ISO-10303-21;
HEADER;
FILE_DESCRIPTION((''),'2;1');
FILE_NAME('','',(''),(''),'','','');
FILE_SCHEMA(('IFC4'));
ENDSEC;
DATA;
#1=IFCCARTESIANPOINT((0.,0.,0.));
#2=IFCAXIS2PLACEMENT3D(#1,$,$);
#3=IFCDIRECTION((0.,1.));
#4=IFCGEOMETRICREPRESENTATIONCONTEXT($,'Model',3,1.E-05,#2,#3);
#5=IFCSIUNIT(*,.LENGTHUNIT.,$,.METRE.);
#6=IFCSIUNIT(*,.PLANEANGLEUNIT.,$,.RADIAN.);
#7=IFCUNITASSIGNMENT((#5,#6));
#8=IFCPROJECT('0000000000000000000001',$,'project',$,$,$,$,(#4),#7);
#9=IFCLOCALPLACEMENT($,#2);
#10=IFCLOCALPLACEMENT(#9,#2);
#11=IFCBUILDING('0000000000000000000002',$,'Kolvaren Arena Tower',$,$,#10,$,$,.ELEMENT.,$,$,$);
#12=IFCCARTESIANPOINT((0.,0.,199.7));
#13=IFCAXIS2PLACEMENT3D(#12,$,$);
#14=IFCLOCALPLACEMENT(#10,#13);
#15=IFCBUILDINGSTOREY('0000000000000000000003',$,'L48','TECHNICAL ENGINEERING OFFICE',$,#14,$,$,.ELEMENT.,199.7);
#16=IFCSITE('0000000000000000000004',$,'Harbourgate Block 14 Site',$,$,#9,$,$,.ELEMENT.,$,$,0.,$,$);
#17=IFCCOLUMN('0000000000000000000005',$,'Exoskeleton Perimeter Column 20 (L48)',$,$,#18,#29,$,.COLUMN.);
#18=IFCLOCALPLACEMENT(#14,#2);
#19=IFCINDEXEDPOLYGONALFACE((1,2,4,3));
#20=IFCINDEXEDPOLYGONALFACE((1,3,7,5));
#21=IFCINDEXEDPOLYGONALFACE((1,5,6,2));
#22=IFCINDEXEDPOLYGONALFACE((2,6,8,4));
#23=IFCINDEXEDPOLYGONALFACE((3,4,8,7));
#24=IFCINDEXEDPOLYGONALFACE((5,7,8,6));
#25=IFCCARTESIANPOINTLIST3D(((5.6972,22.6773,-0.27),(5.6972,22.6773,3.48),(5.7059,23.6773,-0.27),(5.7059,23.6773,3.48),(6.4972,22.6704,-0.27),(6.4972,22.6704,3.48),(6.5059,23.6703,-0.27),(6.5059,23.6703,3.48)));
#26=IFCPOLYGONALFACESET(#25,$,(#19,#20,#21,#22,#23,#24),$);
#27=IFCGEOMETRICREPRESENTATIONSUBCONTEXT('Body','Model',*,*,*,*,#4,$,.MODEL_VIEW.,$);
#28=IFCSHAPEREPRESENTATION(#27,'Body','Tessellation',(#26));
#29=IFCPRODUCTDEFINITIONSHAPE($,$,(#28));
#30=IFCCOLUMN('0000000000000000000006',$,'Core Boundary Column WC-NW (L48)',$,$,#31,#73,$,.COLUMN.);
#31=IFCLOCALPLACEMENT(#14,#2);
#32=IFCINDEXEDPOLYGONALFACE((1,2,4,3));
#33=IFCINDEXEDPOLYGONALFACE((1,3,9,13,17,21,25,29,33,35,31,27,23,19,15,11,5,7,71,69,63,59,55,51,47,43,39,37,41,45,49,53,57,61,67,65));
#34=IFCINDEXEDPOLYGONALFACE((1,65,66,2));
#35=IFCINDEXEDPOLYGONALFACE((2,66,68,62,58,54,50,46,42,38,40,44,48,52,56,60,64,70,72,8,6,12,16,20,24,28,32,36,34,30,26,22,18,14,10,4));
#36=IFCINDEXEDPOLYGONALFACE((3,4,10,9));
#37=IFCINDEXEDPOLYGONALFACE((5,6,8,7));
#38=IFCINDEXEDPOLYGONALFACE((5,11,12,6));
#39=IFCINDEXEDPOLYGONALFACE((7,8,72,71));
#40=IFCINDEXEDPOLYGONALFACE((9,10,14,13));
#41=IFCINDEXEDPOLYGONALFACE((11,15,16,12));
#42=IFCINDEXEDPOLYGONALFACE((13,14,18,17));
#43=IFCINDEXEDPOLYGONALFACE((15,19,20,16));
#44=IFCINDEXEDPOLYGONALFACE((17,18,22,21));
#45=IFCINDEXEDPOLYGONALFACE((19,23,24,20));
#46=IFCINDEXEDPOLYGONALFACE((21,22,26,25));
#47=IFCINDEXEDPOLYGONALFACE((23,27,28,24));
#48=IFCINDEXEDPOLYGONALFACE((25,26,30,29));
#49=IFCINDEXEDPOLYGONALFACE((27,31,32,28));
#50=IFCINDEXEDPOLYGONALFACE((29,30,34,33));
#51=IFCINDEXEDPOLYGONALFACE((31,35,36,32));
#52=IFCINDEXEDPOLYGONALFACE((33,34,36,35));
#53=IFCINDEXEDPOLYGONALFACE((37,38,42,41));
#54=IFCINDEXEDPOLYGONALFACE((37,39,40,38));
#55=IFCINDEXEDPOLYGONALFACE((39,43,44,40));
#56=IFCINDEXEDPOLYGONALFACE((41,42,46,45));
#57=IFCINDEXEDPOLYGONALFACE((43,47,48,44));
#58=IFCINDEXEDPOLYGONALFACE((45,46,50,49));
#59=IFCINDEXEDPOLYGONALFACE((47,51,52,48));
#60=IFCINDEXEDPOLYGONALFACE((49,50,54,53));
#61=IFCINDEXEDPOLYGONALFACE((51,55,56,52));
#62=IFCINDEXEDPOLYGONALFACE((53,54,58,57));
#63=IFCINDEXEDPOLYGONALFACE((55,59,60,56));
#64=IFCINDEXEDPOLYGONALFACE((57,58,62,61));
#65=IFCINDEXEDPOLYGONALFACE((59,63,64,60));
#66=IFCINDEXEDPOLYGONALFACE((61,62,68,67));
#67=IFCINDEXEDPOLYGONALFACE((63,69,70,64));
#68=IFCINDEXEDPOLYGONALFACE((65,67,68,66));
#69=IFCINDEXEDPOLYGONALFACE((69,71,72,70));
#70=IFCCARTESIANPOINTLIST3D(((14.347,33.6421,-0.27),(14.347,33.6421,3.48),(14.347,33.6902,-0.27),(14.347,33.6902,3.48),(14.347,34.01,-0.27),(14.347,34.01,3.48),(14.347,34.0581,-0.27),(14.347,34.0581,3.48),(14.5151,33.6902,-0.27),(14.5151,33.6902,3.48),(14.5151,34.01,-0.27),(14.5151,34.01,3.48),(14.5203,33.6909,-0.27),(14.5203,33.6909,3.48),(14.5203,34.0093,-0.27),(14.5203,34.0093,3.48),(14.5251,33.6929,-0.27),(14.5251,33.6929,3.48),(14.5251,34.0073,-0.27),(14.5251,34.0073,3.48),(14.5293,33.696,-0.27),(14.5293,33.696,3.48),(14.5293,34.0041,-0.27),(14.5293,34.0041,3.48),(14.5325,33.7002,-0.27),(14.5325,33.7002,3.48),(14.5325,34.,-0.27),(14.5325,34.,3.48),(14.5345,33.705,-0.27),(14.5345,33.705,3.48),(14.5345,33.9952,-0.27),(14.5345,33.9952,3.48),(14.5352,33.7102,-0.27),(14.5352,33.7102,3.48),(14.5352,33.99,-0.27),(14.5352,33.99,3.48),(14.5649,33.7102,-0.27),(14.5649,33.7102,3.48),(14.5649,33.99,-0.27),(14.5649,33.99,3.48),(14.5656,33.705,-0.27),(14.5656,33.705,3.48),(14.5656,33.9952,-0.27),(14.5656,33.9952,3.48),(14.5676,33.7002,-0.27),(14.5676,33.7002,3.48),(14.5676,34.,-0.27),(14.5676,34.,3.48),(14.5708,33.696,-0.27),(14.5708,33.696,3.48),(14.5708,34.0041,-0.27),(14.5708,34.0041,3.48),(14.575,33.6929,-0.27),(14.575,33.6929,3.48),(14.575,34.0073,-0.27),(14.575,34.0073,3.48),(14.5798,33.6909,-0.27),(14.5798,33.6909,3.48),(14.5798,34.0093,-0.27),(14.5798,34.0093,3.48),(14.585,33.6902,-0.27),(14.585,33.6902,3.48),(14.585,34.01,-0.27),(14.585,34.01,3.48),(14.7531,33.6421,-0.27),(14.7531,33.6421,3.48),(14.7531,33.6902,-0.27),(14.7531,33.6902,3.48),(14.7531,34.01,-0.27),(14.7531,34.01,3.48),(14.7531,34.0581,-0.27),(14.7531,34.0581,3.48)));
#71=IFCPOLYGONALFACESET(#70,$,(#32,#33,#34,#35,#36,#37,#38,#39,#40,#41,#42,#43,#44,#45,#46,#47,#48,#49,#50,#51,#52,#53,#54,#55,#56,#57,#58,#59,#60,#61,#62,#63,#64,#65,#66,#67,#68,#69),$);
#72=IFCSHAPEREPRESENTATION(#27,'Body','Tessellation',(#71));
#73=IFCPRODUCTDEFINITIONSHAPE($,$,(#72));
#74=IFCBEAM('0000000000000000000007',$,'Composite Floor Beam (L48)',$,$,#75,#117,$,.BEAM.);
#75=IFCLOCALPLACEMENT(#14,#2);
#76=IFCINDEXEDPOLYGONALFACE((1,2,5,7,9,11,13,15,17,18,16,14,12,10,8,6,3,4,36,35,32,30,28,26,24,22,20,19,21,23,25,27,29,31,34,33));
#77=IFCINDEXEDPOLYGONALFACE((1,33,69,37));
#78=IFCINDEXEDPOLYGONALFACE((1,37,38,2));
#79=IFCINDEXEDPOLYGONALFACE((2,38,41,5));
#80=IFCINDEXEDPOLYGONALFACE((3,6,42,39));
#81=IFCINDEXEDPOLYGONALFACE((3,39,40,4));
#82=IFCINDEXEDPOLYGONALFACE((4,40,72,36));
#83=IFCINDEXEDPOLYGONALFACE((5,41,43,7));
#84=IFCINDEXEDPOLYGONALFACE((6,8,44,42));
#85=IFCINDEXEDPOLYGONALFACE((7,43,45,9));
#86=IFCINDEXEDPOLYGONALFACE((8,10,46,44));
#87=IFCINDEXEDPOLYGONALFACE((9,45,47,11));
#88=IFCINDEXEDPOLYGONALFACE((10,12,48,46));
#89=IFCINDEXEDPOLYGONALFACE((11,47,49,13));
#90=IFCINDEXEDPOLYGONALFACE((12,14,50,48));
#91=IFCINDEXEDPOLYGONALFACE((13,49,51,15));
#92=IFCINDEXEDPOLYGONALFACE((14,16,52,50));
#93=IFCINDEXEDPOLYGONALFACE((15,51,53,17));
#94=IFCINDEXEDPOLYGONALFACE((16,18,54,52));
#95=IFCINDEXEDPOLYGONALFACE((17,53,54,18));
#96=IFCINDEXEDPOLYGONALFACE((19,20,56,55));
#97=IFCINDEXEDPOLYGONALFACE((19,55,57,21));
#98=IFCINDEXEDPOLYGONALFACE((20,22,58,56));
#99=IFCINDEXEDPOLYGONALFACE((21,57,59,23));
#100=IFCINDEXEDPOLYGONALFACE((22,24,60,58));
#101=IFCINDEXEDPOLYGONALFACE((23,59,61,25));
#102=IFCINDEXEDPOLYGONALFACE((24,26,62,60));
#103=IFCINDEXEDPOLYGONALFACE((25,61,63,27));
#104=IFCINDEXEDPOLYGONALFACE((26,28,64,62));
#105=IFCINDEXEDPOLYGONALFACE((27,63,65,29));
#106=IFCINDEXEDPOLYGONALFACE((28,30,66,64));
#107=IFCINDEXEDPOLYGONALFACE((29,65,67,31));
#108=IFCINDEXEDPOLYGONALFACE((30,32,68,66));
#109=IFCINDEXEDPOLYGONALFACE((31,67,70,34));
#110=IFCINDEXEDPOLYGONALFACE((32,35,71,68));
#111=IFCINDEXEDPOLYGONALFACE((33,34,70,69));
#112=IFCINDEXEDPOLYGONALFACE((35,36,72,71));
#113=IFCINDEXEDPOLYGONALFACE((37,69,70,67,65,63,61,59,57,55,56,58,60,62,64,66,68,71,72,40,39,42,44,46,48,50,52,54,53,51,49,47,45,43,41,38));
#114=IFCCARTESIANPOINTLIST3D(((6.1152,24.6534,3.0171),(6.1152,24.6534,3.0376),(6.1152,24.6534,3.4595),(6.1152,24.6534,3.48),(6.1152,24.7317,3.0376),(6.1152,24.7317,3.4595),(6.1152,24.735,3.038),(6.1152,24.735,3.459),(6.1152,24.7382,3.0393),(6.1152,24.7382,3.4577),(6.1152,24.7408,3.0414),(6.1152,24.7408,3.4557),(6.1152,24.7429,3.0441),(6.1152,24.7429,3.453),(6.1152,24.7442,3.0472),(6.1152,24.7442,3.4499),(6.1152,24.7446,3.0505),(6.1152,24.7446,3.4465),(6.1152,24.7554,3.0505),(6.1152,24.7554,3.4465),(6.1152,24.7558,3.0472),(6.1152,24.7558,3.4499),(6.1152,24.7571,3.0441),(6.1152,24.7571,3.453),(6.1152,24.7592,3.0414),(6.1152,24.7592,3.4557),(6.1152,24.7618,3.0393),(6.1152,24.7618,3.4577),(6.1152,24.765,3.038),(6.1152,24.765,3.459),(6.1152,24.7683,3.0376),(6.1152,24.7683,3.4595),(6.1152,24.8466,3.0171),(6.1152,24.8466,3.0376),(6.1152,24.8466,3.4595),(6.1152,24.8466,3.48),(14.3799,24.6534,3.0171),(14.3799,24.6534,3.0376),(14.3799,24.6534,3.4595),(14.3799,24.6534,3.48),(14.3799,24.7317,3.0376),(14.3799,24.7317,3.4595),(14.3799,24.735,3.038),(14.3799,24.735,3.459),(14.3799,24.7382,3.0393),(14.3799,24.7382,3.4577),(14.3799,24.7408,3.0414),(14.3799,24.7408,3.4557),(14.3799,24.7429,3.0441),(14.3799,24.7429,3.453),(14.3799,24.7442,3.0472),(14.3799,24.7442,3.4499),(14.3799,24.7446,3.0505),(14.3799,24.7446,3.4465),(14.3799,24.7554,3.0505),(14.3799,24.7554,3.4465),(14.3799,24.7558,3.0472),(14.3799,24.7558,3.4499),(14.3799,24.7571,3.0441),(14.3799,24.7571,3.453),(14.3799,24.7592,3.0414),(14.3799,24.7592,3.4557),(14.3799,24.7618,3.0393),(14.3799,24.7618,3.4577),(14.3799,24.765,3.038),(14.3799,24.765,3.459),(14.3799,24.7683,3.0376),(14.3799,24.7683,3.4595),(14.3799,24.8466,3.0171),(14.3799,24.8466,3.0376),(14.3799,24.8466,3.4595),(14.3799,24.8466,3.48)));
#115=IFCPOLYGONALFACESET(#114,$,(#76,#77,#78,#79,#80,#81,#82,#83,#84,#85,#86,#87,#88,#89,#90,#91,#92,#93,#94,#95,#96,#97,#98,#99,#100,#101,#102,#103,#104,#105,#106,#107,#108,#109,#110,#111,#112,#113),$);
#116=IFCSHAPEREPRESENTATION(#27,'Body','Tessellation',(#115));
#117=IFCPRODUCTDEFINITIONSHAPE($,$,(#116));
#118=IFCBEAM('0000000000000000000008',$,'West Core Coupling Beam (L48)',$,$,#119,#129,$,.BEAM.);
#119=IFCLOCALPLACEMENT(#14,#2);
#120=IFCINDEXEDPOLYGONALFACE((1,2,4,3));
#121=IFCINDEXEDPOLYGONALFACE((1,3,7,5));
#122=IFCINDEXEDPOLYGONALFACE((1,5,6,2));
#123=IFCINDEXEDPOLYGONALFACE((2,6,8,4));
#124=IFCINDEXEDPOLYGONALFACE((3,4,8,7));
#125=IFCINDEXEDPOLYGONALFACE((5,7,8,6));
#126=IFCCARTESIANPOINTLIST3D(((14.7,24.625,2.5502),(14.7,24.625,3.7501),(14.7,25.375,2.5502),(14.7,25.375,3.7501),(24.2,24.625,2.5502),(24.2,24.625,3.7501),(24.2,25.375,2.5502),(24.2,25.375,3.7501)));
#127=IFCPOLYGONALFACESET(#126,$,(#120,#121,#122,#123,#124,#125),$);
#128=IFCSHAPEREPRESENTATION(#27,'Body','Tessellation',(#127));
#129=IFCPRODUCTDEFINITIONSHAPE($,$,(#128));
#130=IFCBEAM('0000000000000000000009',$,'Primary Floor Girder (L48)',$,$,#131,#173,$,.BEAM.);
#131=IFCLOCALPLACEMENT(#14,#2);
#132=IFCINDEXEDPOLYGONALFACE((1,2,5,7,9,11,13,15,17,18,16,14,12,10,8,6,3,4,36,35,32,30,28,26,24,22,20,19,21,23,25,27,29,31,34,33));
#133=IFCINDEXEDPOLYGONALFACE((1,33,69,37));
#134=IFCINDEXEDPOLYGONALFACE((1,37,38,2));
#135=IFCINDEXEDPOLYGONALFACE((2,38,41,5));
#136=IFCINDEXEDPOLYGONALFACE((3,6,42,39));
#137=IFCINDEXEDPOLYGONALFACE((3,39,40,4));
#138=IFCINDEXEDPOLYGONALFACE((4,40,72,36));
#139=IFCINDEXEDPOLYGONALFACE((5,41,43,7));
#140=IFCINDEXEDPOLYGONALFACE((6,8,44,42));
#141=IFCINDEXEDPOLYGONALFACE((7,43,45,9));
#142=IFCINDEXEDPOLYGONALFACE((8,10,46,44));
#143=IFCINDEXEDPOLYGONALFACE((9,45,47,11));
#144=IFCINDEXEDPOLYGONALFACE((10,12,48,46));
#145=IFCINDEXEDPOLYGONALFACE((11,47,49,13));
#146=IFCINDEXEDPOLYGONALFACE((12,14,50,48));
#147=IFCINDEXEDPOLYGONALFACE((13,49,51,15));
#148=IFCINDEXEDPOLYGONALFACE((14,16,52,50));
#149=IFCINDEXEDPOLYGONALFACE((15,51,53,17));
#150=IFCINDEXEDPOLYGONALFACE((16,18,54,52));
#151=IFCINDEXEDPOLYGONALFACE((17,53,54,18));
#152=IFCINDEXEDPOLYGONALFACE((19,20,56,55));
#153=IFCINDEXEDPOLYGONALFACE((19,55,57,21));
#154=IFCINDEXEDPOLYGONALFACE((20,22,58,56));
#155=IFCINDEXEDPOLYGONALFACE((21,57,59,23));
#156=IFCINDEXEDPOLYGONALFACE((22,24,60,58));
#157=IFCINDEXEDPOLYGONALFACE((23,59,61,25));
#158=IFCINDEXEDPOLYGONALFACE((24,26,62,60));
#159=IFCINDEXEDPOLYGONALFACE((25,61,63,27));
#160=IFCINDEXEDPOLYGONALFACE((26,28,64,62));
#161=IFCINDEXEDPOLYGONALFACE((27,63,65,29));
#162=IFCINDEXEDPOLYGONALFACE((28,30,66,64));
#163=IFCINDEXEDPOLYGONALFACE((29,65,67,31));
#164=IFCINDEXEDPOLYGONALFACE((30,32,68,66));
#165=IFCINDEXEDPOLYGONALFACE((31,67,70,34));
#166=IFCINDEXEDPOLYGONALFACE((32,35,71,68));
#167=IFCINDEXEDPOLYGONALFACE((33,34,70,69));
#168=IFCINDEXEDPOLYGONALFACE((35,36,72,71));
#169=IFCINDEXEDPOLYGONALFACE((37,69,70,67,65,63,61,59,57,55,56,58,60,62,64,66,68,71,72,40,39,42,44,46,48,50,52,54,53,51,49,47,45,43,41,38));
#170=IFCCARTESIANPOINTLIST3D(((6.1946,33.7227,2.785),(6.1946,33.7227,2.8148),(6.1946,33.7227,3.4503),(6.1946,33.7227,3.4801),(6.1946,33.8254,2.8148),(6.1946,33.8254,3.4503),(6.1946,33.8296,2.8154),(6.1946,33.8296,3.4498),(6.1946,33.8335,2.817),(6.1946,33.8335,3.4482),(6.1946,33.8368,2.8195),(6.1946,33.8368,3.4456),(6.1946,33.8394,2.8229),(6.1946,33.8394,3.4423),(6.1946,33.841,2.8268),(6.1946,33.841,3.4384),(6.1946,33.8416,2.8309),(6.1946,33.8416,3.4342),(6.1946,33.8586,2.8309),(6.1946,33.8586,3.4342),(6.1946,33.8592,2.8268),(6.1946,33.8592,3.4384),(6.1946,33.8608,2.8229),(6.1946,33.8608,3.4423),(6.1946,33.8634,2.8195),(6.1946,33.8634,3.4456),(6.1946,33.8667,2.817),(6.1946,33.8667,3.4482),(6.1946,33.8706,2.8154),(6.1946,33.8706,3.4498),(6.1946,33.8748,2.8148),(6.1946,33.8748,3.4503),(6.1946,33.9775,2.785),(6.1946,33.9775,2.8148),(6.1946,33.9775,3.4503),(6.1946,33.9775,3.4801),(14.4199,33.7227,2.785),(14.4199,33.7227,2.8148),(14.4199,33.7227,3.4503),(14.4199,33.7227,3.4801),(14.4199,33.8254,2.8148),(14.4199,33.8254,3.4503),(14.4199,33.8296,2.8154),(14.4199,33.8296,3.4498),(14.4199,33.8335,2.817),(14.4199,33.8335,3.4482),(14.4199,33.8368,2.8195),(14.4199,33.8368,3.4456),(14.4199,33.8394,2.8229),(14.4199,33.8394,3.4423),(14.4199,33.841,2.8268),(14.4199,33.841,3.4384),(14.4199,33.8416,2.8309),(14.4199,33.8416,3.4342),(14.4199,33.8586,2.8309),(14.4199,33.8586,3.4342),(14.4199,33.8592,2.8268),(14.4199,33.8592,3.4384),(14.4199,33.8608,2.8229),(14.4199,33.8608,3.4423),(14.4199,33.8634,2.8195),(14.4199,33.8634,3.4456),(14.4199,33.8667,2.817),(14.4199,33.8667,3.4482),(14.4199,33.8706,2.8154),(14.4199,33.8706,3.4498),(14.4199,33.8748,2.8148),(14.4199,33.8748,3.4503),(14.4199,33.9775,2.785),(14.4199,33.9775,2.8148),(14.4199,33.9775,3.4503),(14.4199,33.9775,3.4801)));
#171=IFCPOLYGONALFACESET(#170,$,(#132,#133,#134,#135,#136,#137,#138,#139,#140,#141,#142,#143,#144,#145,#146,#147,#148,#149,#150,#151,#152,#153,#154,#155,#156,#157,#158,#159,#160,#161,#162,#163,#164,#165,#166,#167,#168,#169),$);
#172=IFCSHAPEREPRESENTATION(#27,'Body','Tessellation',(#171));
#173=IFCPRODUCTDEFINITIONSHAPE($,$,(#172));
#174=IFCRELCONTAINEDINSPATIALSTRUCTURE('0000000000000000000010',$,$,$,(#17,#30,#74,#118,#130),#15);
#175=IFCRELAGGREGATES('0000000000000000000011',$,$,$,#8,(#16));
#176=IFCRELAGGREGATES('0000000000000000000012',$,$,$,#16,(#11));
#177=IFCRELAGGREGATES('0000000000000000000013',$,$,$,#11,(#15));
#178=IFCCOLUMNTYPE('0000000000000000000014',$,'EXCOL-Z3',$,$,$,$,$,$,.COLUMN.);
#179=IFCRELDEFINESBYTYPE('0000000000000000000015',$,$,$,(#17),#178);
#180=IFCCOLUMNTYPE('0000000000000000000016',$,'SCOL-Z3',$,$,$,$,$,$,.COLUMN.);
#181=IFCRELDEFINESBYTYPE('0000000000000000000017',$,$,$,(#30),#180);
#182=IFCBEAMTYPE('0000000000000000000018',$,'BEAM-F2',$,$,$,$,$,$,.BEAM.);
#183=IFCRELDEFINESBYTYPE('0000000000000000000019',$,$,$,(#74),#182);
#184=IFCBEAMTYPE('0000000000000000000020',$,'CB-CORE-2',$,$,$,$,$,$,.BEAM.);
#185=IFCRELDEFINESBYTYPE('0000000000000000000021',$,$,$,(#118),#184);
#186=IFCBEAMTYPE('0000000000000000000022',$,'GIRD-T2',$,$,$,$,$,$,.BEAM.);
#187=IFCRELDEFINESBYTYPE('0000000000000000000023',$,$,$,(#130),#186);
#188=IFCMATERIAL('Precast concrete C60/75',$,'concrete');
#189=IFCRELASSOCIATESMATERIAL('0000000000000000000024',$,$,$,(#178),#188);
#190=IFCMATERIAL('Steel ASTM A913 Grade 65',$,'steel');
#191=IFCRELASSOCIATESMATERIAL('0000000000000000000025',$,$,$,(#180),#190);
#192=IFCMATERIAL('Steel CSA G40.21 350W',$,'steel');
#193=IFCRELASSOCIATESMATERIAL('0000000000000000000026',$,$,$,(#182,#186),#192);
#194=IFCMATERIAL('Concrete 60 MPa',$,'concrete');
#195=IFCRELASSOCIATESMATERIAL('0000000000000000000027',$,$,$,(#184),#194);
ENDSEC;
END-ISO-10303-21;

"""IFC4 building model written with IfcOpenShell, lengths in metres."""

from ifc_helpers import new_model, si_unit, direction, frame, origin, origin_2d, place, context, subcontext, project, spatial, rectangle, i_section, extrude, material, material_profile, profile_set, type_object, element, save


model = new_model("IFC4")

# Units and contexts
model_context = context("Model", 3, precision=1e-05, world=origin(), true_north=direction((0.0, 1.0)))
body_context = subcontext(model_context, "Body", "Model", "MODEL_VIEW")
ifc_project = project(units=[si_unit("LENGTHUNIT", "METRE"), si_unit("PLANEANGLEUNIT", "RADIAN")], contexts=[model_context])

# Site, building, storey
site_placement = place(None, origin())
site = spatial("IfcSite", under=ifc_project, at=site_placement, Name="Harbourgate Block 14 Site", CompositionType="ELEMENT", RefElevation=0.0)
building_placement = place(site_placement, origin())
building = spatial("IfcBuilding", under=site, at=building_placement, Name="Kolvaren Arena Tower", CompositionType="ELEMENT")
storey_placement = place(building_placement, frame((0.0, 0.0, 199.7)))
storey = spatial("IfcBuildingStorey", under=building, at=storey_placement, Name="L48", Description="TECHNICAL ENGINEERING OFFICE", CompositionType="ELEMENT", Elevation=199.7)

# Columns
ifc_material_1 = material(Name="Precast concrete C60/75", Category="concrete")
ifc_material_profile_1 = material_profile(ifc_material_1, rectangle(XDim=1.0, YDim=0.8, at=origin_2d()), Name="RC-1000x800")
ifc_profile_set_1 = profile_set([ifc_material_profile_1], Name="Precast concrete C60/75")
column_type_1 = type_object("IfcColumnType", Name="EXCOL-Z3", PredefinedType="COLUMN", material=ifc_profile_set_1)
column_1_placement = place(storey_placement, frame((6.1016, 23.1738, -0.27), z_axis=(0.0, 0.0, 1.0), x_axis=(0.008727, 0.999962, 0.0)))
element("IfcColumn", 1, at=column_1_placement, inside=storey, type_object=column_type_1, Name="Exoskeleton Perimeter Column 20 (L48)", PredefinedType="COLUMN", context=body_context, shape_type="SweptSolid", body=[
    extrude(rectangle(XDim=1.0, YDim=0.8, at=origin_2d()), origin(), (0.0, 0.0, 1.0), 3.75),
])
ifc_material_2 = material(Name="Steel ASTM A913 Grade 65", Category="steel")
ifc_material_profile_2 = material_profile(ifc_material_2, i_section(OverallWidth=0.406, OverallDepth=0.416, WebThickness=0.0298, FlangeThickness=0.0481, FilletRadius=0.02, at=origin_2d()), Name="W360x382")
ifc_profile_set_2 = profile_set([ifc_material_profile_2], Name="Steel ASTM A913 Grade 65")
column_type_2 = type_object("IfcColumnType", Name="SCOL-Z3", PredefinedType="COLUMN", material=ifc_profile_set_2)
column_2_placement = place(storey_placement, frame((14.55, 33.8501, -0.27), z_axis=(0.0, 0.0, 1.0), x_axis=(1.0, 0.0, 0.0)))
element("IfcColumn", 2, at=column_2_placement, inside=storey, type_object=column_type_2, Name="Core Boundary Column WC-NW (L48)", PredefinedType="COLUMN", context=body_context, shape_type="SweptSolid", body=[
    extrude(i_section(OverallWidth=0.406, OverallDepth=0.416, WebThickness=0.0298, FlangeThickness=0.0481, FilletRadius=0.02, at=origin_2d()), origin(), (0.0, 0.0, 1.0), 3.75),
])

# Beams
ifc_material_3 = material(Name="Steel CSA G40.21 350W", Category="steel")
ifc_material_profile_3 = material_profile(ifc_material_3, i_section(OverallWidth=0.1931, OverallDepth=0.4629, WebThickness=0.0107, FlangeThickness=0.0205, FilletRadius=0.0129, at=origin_2d()), Name="W460x113")
ifc_profile_set_3 = profile_set([ifc_material_profile_3], Name="Steel CSA G40.21 350W")
beam_type_1 = type_object("IfcBeamType", Name="BEAM-F2", PredefinedType="BEAM", material=ifc_profile_set_3)
beam_1_placement = place(storey_placement, frame((6.1152, 24.75, 3.2485), z_axis=(1.0, 0.0, 0.0), x_axis=(0.0, 1.0, 0.0)))
element("IfcBeam", 3, at=beam_1_placement, inside=storey, type_object=beam_type_1, Name="Composite Floor Beam (L48)", PredefinedType="BEAM", context=body_context, shape_type="SweptSolid", body=[
    extrude(i_section(OverallWidth=0.1931, OverallDepth=0.4629, WebThickness=0.0107, FlangeThickness=0.0205, FilletRadius=0.0129, at=origin_2d()), origin(), (0.0, 0.0, 1.0), 8.2646),
])
ifc_material_4 = material(Name="Concrete 60 MPa", Category="concrete")
ifc_material_profile_4 = material_profile(ifc_material_4, rectangle(XDim=0.75, YDim=1.2, at=origin_2d()), Name="RC-750x1200")
ifc_profile_set_4 = profile_set([ifc_material_profile_4], Name="Concrete 60 MPa")
beam_type_2 = type_object("IfcBeamType", Name="CB-CORE-2", PredefinedType="BEAM", material=ifc_profile_set_4)
beam_2_placement = place(storey_placement, frame((14.7, 25.0, 3.1501), z_axis=(1.0, 0.0, 0.0), x_axis=(0.0, 1.0, 0.0)))
element("IfcBeam", 4, at=beam_2_placement, inside=storey, type_object=beam_type_2, Name="West Core Coupling Beam (L48)", PredefinedType="BEAM", context=body_context, shape_type="SweptSolid", body=[
    extrude(rectangle(XDim=0.75, YDim=1.2, at=origin_2d()), origin(), (0.0, 0.0, 1.0), 9.5),
])
ifc_material_profile_5 = material_profile(ifc_material_3, i_section(OverallWidth=0.2549, OverallDepth=0.6951, WebThickness=0.0171, FlangeThickness=0.0298, FilletRadius=0.0161, at=origin_2d()), Name="W690x217")
ifc_profile_set_5 = profile_set([ifc_material_profile_5], Name="Steel CSA G40.21 350W")
beam_type_3 = type_object("IfcBeamType", Name="GIRD-T2", PredefinedType="BEAM", material=ifc_profile_set_5)
beam_3_placement = place(storey_placement, frame((6.1946, 33.8501, 3.1326), z_axis=(1.0, 0.0, 0.0), x_axis=(0.0, 1.0, 0.0)))
element("IfcBeam", 5, at=beam_3_placement, inside=storey, type_object=beam_type_3, Name="Primary Floor Girder (L48)", PredefinedType="BEAM", context=body_context, shape_type="SweptSolid", body=[
    extrude(i_section(OverallWidth=0.2549, OverallDepth=0.6951, WebThickness=0.0171, FlangeThickness=0.0298, FilletRadius=0.0161, at=origin_2d()), origin(), (0.0, 0.0, 1.0), 8.2253),
])

save(model, "model.ifc")
